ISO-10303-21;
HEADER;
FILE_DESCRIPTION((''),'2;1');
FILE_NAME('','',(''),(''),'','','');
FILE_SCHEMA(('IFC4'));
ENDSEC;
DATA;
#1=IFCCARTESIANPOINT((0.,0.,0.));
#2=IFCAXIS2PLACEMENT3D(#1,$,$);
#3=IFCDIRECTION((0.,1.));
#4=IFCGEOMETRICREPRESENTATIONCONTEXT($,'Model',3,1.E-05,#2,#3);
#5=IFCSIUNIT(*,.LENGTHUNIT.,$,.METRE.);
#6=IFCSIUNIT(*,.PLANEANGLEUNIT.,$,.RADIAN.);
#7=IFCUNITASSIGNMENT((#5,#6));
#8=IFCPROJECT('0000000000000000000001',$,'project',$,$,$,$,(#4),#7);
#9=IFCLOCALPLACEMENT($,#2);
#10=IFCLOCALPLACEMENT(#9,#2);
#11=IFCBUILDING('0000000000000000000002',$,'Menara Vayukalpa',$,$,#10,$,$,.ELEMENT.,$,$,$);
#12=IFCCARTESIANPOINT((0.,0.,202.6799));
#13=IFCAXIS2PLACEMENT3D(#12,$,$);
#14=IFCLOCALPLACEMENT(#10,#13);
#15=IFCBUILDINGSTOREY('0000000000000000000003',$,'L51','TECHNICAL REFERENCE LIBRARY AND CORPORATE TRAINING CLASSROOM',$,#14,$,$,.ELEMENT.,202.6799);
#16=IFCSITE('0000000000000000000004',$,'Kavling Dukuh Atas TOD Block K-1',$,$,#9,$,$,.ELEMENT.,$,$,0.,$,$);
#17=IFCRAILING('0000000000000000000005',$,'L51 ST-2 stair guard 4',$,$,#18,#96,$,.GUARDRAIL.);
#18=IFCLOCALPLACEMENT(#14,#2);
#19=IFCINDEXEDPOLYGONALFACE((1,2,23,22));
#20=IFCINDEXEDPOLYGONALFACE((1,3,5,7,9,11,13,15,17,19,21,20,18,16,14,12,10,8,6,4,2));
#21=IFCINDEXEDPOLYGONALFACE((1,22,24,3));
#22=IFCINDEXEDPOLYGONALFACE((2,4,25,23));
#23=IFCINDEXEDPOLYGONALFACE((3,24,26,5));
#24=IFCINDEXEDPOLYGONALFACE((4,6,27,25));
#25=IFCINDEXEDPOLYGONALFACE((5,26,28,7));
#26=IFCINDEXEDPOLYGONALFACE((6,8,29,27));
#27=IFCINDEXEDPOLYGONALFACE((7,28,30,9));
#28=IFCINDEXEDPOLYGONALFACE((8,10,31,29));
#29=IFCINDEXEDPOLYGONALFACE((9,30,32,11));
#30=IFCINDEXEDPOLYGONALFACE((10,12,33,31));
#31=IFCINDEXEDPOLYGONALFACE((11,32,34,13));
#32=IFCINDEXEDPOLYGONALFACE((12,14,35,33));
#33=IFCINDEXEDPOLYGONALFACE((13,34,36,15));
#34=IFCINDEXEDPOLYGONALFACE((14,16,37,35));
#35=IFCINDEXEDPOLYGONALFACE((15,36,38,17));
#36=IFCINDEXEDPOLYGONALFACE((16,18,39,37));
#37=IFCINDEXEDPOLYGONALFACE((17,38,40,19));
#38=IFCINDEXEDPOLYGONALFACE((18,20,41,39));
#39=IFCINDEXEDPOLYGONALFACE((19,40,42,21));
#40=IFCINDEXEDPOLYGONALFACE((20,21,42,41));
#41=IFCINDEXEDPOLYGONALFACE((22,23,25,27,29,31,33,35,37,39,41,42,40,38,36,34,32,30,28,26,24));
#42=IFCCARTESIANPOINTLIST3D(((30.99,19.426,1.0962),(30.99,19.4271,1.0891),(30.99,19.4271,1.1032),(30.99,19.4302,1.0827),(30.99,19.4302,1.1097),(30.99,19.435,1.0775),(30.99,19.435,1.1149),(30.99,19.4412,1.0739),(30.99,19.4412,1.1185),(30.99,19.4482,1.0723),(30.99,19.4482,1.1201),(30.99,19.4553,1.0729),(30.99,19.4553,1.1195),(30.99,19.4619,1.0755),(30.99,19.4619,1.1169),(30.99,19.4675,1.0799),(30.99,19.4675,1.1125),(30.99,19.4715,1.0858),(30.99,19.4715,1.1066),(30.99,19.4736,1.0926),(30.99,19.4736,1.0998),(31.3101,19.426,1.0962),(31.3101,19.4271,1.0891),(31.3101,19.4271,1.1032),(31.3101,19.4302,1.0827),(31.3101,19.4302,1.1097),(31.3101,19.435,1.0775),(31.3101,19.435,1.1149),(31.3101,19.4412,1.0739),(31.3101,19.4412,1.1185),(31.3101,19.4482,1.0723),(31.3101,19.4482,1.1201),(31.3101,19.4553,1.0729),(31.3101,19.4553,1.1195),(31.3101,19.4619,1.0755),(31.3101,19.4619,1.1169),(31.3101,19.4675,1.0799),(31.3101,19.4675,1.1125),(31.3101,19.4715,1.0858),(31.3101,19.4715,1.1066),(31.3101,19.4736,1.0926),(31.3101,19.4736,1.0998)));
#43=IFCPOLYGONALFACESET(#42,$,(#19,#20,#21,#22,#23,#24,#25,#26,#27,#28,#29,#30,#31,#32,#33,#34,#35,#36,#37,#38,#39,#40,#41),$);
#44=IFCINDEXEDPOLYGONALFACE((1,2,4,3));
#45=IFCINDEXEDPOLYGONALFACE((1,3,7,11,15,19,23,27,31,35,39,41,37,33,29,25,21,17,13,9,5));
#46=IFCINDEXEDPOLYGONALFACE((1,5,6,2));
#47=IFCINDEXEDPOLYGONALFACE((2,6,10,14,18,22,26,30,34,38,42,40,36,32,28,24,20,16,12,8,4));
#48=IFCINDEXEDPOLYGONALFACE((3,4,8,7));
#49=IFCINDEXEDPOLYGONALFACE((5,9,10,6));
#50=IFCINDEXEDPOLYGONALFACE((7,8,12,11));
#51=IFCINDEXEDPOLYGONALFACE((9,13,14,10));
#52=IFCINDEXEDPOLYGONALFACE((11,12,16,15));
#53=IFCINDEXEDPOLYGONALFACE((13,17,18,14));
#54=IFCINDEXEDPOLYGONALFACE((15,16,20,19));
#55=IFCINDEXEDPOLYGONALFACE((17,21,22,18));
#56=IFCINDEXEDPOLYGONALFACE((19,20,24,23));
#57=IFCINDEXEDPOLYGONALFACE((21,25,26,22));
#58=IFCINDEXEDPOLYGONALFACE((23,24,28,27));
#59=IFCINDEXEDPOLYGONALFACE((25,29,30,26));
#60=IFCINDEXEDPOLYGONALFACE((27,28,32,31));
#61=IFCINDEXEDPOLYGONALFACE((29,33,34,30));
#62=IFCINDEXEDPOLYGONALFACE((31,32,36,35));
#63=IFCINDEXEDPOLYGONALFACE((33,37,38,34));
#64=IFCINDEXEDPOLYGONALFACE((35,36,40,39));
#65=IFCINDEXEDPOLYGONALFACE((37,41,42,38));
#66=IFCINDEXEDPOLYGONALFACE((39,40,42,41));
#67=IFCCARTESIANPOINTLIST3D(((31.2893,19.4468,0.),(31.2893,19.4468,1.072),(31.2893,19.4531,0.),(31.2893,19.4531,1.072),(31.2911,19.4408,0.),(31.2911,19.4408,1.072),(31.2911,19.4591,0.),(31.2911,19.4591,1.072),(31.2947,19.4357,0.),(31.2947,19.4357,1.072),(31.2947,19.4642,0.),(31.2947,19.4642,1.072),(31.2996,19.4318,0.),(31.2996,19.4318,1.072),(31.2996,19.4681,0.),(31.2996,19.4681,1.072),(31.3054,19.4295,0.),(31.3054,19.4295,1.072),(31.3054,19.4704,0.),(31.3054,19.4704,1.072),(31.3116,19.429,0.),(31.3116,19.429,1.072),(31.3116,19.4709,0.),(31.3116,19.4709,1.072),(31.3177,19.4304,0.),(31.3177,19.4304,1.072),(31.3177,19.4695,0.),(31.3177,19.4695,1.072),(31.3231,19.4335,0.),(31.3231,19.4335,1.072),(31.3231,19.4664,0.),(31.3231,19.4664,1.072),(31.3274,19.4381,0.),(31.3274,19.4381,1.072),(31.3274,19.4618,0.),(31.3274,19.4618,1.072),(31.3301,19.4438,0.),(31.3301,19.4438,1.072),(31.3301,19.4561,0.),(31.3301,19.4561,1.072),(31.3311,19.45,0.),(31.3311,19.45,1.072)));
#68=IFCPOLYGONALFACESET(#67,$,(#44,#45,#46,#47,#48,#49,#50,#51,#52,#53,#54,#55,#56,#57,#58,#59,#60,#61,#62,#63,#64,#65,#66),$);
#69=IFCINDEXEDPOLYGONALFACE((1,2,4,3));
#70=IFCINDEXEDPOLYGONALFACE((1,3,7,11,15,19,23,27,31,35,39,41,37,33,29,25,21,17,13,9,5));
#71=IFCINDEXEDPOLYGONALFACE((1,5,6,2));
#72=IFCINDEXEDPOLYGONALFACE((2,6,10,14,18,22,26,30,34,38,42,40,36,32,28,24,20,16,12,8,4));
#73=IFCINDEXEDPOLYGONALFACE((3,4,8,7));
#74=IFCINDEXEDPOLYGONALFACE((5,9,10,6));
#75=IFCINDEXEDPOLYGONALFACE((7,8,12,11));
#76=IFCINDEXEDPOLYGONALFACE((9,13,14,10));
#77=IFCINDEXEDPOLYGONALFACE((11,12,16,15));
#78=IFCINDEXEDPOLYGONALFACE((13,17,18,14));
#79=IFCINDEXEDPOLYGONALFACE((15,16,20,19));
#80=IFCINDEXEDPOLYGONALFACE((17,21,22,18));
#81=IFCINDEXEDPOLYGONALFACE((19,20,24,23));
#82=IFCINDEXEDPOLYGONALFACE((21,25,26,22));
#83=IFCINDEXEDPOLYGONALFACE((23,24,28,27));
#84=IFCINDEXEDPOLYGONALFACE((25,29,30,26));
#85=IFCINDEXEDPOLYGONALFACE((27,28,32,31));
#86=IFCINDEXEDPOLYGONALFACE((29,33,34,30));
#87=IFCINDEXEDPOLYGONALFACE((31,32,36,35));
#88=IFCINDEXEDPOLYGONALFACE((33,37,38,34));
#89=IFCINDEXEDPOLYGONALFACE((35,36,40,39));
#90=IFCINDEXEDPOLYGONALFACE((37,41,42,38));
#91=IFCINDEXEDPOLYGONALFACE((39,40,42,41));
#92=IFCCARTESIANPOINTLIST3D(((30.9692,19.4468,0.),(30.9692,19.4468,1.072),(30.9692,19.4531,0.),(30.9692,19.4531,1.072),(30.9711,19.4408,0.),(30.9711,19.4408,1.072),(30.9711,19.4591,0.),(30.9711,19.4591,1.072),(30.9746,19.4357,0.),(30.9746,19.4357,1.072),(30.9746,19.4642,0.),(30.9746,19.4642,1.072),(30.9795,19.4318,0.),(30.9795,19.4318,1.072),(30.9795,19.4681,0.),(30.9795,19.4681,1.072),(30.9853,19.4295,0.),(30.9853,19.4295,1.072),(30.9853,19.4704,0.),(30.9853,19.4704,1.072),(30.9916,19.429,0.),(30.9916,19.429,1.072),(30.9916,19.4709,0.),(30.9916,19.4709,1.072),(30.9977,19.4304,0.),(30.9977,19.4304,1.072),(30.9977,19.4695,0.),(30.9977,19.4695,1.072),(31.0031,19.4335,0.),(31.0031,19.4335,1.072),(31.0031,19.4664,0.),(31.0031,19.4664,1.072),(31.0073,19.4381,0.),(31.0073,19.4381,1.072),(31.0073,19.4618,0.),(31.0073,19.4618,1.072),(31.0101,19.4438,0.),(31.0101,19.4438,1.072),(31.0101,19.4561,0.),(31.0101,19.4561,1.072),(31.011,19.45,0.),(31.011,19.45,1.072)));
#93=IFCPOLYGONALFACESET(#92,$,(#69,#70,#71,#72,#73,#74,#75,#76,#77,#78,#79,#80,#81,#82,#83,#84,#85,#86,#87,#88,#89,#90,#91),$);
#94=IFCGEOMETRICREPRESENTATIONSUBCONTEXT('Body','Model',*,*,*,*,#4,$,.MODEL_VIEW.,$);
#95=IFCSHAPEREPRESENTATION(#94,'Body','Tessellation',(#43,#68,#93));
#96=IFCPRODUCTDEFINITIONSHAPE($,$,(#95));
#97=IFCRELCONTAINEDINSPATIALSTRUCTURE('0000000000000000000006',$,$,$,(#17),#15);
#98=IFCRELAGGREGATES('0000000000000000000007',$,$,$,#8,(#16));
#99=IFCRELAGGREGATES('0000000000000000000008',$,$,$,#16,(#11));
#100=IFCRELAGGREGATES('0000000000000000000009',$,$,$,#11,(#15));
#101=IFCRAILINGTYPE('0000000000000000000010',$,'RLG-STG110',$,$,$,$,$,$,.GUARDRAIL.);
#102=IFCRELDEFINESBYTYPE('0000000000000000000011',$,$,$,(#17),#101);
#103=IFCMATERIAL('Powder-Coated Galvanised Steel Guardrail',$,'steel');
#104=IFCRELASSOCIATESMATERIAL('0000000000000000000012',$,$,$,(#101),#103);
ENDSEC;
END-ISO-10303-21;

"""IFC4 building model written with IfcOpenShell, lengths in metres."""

from ifc_helpers import new_model, si_unit, direction, frame, origin, origin_2d, place, context, subcontext, project, spatial, circle, extrude, material, type_object, element, save


model = new_model("IFC4")

# Units and contexts
model_context = context("Model", 3, precision=1e-05, world=origin(), true_north=direction((0.0, 1.0)))
body_context = subcontext(model_context, "Body", "Model", "MODEL_VIEW")
ifc_project = project(units=[si_unit("LENGTHUNIT", "METRE"), si_unit("PLANEANGLEUNIT", "RADIAN")], contexts=[model_context])

# Site, building, storey
site_placement = place(None, origin())
site = spatial("IfcSite", under=ifc_project, at=site_placement, Name="Kavling Dukuh Atas TOD Block K-1", CompositionType="ELEMENT", RefElevation=0.0)
building_placement = place(site_placement, origin())
building = spatial("IfcBuilding", under=site, at=building_placement, Name="Menara Vayukalpa", CompositionType="ELEMENT")
storey_placement = place(building_placement, frame((0.0, 0.0, 202.6799)))
storey = spatial("IfcBuildingStorey", under=building, at=storey_placement, Name="L51", Description="TECHNICAL REFERENCE LIBRARY AND CORPORATE TRAINING CLASSROOM", CompositionType="ELEMENT", Elevation=202.6799)

# Railing
ifc_material_1 = material(Name="Powder-Coated Galvanised Steel Guardrail", Category="steel")
railing_type_1 = type_object("IfcRailingType", Name="RLG-STG110", PredefinedType="GUARDRAIL", material=ifc_material_1)
railing_1_placement = place(storey_placement, frame((31.3101, 19.45, 0.0)))
element("IfcRailing", 1, at=railing_1_placement, inside=storey, type_object=railing_type_1, Name="L51 ST-2 stair guard 4", PredefinedType="GUARDRAIL", context=body_context, shape_type="SweptSolid", body=[
    extrude(circle(Radius=0.0239, at=origin_2d()), frame((0.0, 0.0, 1.0962), z_axis=(-1.0, 0.0, 0.0), x_axis=(0.0, -1.0, 0.0)), (0.0, 0.0, 1.0), 0.3201),
    extrude(circle(Radius=0.021, at=origin_2d()), origin(), (0.0, 0.0, 1.0), 1.072),
    extrude(circle(Radius=0.021, at=origin_2d()), frame((-0.3201, 0.0, 0.0)), (0.0, 0.0, 1.0), 1.072),
])

save(model, "model.ifc")
